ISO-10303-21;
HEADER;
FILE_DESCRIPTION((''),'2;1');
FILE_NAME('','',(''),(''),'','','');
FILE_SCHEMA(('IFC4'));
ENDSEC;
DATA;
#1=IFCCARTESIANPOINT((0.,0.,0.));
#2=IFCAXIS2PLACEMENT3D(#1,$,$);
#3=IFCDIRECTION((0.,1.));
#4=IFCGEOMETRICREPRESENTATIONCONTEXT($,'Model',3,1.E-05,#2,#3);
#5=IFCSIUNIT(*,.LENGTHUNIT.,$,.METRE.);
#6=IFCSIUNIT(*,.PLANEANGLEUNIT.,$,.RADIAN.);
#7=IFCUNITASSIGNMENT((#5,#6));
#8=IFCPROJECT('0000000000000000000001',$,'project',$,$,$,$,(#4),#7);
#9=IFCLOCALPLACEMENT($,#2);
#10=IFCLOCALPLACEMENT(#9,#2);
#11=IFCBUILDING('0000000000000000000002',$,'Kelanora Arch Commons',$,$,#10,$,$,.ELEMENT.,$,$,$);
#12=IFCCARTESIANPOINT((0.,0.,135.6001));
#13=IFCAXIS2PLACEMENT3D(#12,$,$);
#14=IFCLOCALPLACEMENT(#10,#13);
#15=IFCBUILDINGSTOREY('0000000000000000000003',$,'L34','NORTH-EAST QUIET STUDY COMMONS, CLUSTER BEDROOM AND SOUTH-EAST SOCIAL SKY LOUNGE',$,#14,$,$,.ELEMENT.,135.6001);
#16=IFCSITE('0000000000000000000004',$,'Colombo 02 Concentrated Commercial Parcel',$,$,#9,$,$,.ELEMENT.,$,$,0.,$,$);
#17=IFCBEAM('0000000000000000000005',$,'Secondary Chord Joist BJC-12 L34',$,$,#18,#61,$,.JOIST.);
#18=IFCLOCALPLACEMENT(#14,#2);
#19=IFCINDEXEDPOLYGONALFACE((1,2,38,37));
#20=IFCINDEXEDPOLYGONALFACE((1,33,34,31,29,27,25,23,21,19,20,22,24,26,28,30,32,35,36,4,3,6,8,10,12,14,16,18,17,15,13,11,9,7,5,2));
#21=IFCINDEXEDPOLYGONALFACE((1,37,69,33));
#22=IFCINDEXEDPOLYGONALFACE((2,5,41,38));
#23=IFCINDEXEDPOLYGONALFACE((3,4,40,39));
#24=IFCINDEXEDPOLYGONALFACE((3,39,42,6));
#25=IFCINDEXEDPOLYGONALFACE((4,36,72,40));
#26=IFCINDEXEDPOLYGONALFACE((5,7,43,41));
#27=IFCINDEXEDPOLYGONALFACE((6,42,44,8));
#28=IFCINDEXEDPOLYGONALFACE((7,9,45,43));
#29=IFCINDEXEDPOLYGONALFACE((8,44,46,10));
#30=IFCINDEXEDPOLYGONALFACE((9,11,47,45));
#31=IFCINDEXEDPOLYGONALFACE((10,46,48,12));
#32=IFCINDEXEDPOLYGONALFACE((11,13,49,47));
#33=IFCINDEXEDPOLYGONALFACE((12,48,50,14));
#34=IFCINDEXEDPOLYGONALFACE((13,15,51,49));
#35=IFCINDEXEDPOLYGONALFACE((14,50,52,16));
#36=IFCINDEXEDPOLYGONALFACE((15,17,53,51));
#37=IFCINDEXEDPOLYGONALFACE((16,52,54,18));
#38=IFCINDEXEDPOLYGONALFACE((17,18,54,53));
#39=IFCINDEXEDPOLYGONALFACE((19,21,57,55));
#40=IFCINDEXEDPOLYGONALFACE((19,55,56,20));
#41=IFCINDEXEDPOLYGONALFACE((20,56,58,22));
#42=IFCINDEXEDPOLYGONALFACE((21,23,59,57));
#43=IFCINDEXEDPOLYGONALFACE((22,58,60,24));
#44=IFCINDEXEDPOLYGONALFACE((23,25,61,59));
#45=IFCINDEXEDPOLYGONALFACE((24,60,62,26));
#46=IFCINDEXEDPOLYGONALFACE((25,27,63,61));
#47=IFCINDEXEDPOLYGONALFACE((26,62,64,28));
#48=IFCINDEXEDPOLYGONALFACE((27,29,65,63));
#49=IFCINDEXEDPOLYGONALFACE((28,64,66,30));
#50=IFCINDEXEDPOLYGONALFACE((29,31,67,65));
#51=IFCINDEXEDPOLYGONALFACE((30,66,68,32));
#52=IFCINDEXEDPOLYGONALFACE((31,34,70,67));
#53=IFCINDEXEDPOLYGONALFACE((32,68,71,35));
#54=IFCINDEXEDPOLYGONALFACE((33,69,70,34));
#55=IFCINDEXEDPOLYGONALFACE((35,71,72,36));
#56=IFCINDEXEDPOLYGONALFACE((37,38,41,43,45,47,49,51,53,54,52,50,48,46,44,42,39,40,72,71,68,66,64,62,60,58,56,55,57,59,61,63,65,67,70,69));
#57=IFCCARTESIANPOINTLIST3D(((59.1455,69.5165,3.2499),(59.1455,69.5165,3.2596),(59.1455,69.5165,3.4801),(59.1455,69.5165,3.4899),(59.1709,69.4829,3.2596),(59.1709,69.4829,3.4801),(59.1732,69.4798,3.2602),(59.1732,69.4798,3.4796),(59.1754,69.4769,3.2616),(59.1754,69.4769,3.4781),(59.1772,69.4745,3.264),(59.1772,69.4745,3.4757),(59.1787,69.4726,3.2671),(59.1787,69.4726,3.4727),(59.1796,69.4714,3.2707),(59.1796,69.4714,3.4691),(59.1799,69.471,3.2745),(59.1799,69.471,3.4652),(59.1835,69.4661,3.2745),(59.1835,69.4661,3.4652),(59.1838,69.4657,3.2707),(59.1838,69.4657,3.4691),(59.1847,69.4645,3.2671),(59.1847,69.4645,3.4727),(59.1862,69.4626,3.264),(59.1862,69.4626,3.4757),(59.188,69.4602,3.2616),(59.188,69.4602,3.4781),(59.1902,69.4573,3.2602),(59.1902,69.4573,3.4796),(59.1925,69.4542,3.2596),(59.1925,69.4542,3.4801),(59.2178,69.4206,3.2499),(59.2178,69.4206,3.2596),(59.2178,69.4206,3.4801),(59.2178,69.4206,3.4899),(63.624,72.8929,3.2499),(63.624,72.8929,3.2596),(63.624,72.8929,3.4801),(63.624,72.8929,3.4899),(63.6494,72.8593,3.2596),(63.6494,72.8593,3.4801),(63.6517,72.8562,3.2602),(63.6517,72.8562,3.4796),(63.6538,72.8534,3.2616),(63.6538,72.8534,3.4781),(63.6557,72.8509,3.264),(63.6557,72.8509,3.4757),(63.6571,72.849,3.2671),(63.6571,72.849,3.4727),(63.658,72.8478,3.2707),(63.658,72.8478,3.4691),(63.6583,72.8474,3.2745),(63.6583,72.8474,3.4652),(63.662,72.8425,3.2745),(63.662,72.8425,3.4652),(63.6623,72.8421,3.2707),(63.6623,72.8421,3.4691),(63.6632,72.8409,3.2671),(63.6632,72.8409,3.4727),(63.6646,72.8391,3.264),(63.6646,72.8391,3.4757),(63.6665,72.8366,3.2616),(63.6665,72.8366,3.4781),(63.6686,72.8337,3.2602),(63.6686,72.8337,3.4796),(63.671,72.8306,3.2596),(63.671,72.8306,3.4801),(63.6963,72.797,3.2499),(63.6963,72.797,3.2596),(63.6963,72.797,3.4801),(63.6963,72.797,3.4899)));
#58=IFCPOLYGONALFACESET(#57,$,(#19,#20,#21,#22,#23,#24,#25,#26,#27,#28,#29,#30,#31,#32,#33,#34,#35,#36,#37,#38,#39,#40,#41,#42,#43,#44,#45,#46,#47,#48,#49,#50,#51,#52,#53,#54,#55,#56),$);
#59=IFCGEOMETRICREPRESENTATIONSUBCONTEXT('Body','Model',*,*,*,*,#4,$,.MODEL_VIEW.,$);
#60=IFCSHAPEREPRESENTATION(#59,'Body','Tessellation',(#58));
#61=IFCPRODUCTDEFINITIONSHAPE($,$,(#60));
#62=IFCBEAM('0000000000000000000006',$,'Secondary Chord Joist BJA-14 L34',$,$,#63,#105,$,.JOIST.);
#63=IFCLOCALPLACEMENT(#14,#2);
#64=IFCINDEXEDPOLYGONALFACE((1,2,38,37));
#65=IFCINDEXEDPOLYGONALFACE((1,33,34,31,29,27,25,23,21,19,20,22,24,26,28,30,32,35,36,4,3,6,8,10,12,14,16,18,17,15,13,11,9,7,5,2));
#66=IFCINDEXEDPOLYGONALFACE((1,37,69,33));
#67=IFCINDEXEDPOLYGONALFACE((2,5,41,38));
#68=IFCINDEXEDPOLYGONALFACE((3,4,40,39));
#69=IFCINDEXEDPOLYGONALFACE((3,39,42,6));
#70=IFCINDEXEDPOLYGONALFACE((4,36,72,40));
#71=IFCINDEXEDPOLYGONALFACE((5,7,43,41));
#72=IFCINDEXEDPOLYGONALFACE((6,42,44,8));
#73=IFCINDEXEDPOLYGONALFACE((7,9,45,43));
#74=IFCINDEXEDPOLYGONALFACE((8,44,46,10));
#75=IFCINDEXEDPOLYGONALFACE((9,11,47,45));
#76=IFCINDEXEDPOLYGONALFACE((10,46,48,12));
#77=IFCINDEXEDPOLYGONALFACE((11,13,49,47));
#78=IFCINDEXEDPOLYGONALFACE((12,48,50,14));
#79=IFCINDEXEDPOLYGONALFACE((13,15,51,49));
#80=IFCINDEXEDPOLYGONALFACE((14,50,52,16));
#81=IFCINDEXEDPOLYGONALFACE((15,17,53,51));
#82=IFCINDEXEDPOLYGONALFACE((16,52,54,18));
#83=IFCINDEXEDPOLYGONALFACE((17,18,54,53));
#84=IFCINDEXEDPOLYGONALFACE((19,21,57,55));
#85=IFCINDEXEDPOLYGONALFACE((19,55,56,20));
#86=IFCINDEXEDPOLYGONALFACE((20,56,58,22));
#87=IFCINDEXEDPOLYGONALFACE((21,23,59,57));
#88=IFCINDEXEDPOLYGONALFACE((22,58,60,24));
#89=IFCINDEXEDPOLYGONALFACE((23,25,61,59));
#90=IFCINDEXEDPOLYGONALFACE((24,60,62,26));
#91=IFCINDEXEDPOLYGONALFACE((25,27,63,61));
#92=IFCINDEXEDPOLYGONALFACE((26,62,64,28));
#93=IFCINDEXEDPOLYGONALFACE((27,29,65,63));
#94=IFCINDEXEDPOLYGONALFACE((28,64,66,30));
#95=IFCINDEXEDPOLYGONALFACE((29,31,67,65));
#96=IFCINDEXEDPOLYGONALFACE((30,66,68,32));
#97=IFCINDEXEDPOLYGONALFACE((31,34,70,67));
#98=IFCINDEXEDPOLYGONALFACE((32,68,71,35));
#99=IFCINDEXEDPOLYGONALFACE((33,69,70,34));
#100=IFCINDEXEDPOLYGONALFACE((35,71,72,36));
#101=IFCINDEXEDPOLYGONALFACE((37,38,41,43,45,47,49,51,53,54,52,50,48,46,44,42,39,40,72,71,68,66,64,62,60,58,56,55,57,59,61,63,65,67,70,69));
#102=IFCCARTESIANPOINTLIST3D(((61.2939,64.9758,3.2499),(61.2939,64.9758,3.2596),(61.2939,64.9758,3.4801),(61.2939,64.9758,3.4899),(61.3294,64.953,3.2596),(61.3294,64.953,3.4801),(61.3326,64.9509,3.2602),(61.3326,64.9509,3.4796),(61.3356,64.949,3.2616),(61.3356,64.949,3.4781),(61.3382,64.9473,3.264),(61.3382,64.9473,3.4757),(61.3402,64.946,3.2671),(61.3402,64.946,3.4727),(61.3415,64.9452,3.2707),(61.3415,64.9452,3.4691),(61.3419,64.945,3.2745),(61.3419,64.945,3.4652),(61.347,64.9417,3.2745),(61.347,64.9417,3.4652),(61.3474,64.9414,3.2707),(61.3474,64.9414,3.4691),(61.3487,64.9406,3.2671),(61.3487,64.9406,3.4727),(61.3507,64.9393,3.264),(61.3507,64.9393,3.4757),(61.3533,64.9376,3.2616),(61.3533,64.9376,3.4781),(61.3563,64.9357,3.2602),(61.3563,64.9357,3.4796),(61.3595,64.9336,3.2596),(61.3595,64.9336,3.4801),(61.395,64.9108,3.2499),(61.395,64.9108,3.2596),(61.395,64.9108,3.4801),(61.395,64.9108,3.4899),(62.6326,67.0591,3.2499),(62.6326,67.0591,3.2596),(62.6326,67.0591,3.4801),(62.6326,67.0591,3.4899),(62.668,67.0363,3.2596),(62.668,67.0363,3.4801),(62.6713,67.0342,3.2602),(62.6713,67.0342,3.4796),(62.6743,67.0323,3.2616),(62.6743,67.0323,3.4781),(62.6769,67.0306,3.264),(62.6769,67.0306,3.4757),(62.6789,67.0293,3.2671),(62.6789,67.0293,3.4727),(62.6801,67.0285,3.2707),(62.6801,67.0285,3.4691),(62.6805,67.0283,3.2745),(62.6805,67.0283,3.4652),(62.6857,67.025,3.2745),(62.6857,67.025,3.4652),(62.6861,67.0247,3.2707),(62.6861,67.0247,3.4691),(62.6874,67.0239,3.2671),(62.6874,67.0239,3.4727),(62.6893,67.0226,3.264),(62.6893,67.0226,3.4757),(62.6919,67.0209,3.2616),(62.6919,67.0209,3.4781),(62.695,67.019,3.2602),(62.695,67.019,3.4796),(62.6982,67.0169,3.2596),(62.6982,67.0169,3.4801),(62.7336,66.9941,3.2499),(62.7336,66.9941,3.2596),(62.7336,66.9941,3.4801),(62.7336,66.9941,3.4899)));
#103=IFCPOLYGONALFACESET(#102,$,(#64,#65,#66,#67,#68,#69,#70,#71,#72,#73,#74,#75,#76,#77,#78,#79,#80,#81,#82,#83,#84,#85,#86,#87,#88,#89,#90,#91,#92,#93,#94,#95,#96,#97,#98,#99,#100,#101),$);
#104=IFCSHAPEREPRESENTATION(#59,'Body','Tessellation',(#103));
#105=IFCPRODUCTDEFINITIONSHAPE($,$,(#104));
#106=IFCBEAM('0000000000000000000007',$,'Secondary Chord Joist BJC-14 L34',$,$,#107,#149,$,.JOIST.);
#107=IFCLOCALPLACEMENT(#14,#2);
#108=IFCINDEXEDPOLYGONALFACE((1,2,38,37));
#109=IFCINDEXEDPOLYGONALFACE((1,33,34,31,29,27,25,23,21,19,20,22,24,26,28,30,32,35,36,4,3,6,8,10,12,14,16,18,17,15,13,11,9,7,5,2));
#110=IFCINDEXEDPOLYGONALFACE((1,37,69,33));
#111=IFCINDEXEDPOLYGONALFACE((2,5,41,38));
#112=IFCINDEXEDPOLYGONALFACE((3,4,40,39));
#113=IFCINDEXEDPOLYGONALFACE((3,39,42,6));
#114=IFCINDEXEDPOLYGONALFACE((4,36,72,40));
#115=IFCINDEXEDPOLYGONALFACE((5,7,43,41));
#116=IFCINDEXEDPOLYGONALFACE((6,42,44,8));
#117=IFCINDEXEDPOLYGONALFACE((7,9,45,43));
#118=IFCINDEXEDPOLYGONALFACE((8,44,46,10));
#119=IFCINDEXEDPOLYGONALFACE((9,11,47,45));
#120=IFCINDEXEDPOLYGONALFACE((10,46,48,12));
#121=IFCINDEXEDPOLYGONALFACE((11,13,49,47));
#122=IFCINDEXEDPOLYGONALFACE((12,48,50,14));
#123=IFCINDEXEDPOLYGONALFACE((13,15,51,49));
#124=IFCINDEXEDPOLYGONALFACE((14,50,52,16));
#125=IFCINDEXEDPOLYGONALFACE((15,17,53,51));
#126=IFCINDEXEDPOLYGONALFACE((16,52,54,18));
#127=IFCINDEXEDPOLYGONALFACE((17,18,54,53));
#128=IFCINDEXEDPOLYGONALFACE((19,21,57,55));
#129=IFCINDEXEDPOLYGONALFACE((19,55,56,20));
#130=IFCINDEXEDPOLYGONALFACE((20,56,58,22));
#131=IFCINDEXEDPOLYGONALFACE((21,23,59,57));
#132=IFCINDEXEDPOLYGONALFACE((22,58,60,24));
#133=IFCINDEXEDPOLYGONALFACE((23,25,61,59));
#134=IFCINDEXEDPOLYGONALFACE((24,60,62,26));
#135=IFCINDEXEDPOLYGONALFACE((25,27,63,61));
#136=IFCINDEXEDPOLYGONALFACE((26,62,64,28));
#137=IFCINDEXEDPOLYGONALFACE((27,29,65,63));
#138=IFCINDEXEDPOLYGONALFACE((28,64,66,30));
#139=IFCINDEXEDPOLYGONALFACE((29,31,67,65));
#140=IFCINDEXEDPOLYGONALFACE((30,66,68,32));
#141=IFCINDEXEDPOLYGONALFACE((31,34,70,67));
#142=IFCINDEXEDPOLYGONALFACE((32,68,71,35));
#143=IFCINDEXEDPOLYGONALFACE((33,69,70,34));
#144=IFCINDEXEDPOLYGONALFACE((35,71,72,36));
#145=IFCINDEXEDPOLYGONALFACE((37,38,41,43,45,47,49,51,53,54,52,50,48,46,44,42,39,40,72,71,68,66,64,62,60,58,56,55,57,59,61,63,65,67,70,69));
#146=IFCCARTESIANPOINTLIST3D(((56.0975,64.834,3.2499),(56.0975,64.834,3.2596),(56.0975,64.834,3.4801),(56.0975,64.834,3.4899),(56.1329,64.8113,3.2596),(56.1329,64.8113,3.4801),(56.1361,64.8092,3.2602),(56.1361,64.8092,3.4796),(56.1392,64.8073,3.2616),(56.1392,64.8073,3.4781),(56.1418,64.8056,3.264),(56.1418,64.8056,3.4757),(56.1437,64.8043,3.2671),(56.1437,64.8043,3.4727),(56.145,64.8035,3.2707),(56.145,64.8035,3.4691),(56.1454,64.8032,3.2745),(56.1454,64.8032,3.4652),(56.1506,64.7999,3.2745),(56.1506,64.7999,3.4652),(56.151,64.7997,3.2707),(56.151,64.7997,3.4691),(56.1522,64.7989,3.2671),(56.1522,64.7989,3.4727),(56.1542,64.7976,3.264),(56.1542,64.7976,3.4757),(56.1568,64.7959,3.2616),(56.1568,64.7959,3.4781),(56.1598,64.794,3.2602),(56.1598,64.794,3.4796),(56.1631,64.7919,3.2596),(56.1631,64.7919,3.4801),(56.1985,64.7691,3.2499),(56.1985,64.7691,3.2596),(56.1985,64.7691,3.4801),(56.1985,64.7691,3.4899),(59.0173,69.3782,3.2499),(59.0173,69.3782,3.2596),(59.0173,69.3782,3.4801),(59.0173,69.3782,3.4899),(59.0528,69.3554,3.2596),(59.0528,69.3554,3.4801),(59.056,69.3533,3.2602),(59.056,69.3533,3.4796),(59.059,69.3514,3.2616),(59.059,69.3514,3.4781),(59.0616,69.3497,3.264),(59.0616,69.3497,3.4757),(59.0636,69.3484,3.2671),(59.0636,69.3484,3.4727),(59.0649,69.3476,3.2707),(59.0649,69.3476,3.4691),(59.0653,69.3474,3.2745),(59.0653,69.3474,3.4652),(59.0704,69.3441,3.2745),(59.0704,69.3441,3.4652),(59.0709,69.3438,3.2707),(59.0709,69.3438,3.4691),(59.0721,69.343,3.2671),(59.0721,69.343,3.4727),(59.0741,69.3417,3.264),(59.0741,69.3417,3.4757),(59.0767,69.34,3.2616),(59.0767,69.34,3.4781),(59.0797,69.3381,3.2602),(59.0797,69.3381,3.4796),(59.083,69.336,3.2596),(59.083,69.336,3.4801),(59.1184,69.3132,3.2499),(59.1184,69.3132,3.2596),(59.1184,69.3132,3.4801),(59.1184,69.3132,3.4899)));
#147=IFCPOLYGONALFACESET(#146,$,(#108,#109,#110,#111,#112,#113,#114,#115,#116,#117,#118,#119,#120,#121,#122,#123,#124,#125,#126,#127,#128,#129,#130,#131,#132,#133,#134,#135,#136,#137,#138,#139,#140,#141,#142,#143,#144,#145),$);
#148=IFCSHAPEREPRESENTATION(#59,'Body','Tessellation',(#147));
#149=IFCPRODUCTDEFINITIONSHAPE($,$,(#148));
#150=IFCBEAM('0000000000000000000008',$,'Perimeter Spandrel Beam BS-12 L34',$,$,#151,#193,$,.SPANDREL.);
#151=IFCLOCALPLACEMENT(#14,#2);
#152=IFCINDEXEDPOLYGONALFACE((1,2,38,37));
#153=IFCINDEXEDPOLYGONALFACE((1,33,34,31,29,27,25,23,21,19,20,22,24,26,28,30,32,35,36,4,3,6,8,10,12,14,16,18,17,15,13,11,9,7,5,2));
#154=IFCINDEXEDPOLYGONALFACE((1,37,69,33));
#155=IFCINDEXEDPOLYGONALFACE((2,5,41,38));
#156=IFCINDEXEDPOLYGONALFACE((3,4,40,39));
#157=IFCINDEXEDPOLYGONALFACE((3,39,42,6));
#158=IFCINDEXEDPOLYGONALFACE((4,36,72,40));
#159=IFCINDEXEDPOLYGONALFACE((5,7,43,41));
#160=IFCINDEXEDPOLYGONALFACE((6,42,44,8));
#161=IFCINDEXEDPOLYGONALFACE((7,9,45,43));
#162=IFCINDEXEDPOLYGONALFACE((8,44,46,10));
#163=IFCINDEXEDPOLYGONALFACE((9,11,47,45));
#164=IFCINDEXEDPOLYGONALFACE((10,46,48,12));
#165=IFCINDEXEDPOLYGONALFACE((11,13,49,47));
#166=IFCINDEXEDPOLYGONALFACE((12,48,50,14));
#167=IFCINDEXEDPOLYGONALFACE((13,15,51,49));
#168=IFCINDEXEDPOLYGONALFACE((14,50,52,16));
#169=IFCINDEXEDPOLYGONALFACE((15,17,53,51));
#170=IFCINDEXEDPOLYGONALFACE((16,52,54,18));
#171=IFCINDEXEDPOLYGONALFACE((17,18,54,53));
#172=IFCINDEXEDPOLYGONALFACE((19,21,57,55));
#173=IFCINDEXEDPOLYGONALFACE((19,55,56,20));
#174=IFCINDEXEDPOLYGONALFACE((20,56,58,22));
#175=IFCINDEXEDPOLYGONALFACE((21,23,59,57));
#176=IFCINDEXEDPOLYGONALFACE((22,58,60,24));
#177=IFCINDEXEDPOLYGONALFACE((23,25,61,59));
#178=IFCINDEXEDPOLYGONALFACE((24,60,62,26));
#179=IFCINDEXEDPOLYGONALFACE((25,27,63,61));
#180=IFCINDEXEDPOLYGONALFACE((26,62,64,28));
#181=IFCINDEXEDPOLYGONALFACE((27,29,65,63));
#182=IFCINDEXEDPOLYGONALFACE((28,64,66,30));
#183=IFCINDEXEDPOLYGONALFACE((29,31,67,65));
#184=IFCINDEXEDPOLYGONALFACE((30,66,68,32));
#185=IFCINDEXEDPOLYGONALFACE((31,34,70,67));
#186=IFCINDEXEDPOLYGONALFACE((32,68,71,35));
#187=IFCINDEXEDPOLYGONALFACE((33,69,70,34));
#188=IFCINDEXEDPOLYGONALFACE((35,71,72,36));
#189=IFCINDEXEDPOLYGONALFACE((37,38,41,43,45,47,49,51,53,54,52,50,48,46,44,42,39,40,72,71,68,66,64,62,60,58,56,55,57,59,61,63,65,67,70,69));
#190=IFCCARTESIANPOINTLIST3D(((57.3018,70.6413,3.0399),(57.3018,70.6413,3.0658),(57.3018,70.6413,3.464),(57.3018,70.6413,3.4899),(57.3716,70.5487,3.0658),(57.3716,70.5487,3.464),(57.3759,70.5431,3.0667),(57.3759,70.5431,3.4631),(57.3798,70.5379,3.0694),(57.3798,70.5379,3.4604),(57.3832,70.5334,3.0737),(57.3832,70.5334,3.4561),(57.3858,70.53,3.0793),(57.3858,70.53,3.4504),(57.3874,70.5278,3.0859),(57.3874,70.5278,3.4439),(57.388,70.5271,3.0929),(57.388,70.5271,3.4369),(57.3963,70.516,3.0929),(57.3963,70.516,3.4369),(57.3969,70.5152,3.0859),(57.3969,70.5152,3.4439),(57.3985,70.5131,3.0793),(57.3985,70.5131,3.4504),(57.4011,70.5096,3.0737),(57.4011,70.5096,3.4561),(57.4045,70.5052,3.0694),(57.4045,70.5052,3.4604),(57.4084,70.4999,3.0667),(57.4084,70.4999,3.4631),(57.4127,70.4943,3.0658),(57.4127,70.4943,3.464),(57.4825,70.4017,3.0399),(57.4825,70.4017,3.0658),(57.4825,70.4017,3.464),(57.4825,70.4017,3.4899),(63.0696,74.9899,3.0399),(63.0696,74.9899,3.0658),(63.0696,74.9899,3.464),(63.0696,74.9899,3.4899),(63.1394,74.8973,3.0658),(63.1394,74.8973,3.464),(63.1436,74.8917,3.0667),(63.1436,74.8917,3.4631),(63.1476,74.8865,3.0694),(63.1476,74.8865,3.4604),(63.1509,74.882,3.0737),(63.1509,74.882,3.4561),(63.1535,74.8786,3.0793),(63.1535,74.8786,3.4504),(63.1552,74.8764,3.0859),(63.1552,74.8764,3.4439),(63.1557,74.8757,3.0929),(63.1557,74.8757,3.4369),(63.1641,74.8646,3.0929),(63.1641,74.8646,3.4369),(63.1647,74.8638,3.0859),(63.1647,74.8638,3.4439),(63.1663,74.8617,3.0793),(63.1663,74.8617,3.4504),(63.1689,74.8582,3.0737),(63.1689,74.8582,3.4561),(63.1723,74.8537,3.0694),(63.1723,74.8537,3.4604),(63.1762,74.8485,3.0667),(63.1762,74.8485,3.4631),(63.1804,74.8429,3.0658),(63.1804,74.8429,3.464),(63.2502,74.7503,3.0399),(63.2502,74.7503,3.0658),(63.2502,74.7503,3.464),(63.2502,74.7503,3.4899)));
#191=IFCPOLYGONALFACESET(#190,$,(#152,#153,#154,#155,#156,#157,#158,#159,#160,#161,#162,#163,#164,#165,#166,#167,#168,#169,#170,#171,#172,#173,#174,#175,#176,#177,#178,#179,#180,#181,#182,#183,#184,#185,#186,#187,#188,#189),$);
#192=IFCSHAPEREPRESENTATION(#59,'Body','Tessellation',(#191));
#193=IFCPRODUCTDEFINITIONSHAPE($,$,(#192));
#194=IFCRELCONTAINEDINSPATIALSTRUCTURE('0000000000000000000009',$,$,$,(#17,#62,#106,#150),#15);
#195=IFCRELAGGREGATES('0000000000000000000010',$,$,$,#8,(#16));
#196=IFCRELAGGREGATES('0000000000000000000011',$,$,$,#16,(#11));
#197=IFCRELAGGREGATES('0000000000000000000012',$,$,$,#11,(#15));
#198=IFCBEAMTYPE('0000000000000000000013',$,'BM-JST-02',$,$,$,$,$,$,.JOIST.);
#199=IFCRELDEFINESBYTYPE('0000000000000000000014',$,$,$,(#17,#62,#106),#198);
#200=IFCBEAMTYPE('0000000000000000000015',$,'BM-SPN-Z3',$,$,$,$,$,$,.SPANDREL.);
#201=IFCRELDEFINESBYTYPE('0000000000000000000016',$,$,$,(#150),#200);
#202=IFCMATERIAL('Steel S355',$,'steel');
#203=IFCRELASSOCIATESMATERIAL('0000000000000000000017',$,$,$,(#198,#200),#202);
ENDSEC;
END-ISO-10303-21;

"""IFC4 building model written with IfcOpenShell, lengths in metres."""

from ifc_helpers import new_model, si_unit, direction, frame, origin, origin_2d, place, context, subcontext, project, spatial, i_section, extrude, material, material_profile, profile_set, type_object, element, save


model = new_model("IFC4")

# Units and contexts
model_context = context("Model", 3, precision=1e-05, world=origin(), true_north=direction((0.0, 1.0)))
body_context = subcontext(model_context, "Body", "Model", "MODEL_VIEW")
ifc_project = project(units=[si_unit("LENGTHUNIT", "METRE"), si_unit("PLANEANGLEUNIT", "RADIAN")], contexts=[model_context])

# Site, building, storey
site_placement = place(None, origin())
site = spatial("IfcSite", under=ifc_project, at=site_placement, Name="Colombo 02 Concentrated Commercial Parcel", CompositionType="ELEMENT", RefElevation=0.0)
building_placement = place(site_placement, origin())
building = spatial("IfcBuilding", under=site, at=building_placement, Name="Kelanora Arch Commons", CompositionType="ELEMENT")
storey_placement = place(building_placement, frame((0.0, 0.0, 135.6001)))
storey = spatial("IfcBuildingStorey", under=building, at=storey_placement, Name="L34", Description="NORTH-EAST QUIET STUDY COMMONS, CLUSTER BEDROOM AND SOUTH-EAST SOCIAL SKY LOUNGE", CompositionType="ELEMENT", Elevation=135.6001)

# Beams
ifc_material_1 = material(Name="Steel S355", Category="steel")
ifc_material_profile_1 = material_profile(ifc_material_1, i_section(OverallWidth=0.1201, OverallDepth=0.24, WebThickness=0.0061, FlangeThickness=0.0098, FilletRadius=0.0149, at=origin_2d()), Name="IPE240")
ifc_profile_set_1 = profile_set([ifc_material_profile_1], Name="Steel S355")
beam_type_1 = type_object("IfcBeamType", Name="BM-JST-02", PredefinedType="JOIST", material=ifc_profile_set_1)
beam_1_placement = place(storey_placement, frame((63.6602, 72.845, 3.3699), z_axis=(-0.798493, -0.602004, 0.0), x_axis=(0.602004, -0.798493, 0.0)))
element("IfcBeam", 1, at=beam_1_placement, inside=storey, type_object=beam_type_1, Name="Secondary Chord Joist BJC-12 L34", PredefinedType="JOIST", context=body_context, shape_type="SweptSolid", body=[
    extrude(i_section(OverallWidth=0.1201, OverallDepth=0.24, WebThickness=0.0061, FlangeThickness=0.0098, FilletRadius=0.0149, at=origin_2d()), origin(), (0.0, 0.0, 1.0), 5.6086),
])
beam_2_placement = place(storey_placement, frame((62.6831, 67.0266, 3.3699), z_axis=(-0.540583, -0.841291, 0.0), x_axis=(0.841291, -0.540583, 0.0)))
element("IfcBeam", 2, at=beam_2_placement, inside=storey, type_object=beam_type_1, Name="Secondary Chord Joist BJA-14 L34", PredefinedType="JOIST", context=body_context, shape_type="SweptSolid", body=[
    extrude(i_section(OverallWidth=0.1201, OverallDepth=0.24, WebThickness=0.0061, FlangeThickness=0.0098, FilletRadius=0.0149, at=origin_2d()), origin(), (0.0, 0.0, 1.0), 2.4763),
])
beam_3_placement = place(storey_placement, frame((59.0679, 69.3457, 3.3699), z_axis=(-0.540582, -0.841292, 0.0), x_axis=(0.841292, -0.540582, 0.0)))
element("IfcBeam", 3, at=beam_3_placement, inside=storey, type_object=beam_type_1, Name="Secondary Chord Joist BJC-14 L34", PredefinedType="JOIST", context=body_context, shape_type="SweptSolid", body=[
    extrude(i_section(OverallWidth=0.1201, OverallDepth=0.24, WebThickness=0.0061, FlangeThickness=0.0098, FilletRadius=0.0149, at=origin_2d()), origin(), (0.0, 0.0, 1.0), 5.4014),
])
ifc_material_profile_2 = material_profile(ifc_material_1, i_section(OverallWidth=0.3, OverallDepth=0.45, WebThickness=0.0139, FlangeThickness=0.0259, FilletRadius=0.0271, at=origin_2d()), Name="HEB450")
ifc_profile_set_2 = profile_set([ifc_material_profile_2], Name="Steel S355")
beam_type_2 = type_object("IfcBeamType", Name="BM-SPN-Z3", PredefinedType="SPANDREL", material=ifc_profile_set_2)
beam_4_placement = place(storey_placement, frame((63.1599, 74.8701, 3.2649), z_axis=(-0.798485, -0.602015, 0.0), x_axis=(0.602015, -0.798485, 0.0)))
element("IfcBeam", 4, at=beam_4_placement, inside=storey, type_object=beam_type_2, Name="Perimeter Spandrel Beam BS-12 L34", PredefinedType="SPANDREL", context=body_context, shape_type="SweptSolid", body=[
    extrude(i_section(OverallWidth=0.3, OverallDepth=0.45, WebThickness=0.0139, FlangeThickness=0.0259, FilletRadius=0.0271, at=origin_2d()), origin(), (0.0, 0.0, 1.0), 7.2234),
])

save(model, "model.ifc")
